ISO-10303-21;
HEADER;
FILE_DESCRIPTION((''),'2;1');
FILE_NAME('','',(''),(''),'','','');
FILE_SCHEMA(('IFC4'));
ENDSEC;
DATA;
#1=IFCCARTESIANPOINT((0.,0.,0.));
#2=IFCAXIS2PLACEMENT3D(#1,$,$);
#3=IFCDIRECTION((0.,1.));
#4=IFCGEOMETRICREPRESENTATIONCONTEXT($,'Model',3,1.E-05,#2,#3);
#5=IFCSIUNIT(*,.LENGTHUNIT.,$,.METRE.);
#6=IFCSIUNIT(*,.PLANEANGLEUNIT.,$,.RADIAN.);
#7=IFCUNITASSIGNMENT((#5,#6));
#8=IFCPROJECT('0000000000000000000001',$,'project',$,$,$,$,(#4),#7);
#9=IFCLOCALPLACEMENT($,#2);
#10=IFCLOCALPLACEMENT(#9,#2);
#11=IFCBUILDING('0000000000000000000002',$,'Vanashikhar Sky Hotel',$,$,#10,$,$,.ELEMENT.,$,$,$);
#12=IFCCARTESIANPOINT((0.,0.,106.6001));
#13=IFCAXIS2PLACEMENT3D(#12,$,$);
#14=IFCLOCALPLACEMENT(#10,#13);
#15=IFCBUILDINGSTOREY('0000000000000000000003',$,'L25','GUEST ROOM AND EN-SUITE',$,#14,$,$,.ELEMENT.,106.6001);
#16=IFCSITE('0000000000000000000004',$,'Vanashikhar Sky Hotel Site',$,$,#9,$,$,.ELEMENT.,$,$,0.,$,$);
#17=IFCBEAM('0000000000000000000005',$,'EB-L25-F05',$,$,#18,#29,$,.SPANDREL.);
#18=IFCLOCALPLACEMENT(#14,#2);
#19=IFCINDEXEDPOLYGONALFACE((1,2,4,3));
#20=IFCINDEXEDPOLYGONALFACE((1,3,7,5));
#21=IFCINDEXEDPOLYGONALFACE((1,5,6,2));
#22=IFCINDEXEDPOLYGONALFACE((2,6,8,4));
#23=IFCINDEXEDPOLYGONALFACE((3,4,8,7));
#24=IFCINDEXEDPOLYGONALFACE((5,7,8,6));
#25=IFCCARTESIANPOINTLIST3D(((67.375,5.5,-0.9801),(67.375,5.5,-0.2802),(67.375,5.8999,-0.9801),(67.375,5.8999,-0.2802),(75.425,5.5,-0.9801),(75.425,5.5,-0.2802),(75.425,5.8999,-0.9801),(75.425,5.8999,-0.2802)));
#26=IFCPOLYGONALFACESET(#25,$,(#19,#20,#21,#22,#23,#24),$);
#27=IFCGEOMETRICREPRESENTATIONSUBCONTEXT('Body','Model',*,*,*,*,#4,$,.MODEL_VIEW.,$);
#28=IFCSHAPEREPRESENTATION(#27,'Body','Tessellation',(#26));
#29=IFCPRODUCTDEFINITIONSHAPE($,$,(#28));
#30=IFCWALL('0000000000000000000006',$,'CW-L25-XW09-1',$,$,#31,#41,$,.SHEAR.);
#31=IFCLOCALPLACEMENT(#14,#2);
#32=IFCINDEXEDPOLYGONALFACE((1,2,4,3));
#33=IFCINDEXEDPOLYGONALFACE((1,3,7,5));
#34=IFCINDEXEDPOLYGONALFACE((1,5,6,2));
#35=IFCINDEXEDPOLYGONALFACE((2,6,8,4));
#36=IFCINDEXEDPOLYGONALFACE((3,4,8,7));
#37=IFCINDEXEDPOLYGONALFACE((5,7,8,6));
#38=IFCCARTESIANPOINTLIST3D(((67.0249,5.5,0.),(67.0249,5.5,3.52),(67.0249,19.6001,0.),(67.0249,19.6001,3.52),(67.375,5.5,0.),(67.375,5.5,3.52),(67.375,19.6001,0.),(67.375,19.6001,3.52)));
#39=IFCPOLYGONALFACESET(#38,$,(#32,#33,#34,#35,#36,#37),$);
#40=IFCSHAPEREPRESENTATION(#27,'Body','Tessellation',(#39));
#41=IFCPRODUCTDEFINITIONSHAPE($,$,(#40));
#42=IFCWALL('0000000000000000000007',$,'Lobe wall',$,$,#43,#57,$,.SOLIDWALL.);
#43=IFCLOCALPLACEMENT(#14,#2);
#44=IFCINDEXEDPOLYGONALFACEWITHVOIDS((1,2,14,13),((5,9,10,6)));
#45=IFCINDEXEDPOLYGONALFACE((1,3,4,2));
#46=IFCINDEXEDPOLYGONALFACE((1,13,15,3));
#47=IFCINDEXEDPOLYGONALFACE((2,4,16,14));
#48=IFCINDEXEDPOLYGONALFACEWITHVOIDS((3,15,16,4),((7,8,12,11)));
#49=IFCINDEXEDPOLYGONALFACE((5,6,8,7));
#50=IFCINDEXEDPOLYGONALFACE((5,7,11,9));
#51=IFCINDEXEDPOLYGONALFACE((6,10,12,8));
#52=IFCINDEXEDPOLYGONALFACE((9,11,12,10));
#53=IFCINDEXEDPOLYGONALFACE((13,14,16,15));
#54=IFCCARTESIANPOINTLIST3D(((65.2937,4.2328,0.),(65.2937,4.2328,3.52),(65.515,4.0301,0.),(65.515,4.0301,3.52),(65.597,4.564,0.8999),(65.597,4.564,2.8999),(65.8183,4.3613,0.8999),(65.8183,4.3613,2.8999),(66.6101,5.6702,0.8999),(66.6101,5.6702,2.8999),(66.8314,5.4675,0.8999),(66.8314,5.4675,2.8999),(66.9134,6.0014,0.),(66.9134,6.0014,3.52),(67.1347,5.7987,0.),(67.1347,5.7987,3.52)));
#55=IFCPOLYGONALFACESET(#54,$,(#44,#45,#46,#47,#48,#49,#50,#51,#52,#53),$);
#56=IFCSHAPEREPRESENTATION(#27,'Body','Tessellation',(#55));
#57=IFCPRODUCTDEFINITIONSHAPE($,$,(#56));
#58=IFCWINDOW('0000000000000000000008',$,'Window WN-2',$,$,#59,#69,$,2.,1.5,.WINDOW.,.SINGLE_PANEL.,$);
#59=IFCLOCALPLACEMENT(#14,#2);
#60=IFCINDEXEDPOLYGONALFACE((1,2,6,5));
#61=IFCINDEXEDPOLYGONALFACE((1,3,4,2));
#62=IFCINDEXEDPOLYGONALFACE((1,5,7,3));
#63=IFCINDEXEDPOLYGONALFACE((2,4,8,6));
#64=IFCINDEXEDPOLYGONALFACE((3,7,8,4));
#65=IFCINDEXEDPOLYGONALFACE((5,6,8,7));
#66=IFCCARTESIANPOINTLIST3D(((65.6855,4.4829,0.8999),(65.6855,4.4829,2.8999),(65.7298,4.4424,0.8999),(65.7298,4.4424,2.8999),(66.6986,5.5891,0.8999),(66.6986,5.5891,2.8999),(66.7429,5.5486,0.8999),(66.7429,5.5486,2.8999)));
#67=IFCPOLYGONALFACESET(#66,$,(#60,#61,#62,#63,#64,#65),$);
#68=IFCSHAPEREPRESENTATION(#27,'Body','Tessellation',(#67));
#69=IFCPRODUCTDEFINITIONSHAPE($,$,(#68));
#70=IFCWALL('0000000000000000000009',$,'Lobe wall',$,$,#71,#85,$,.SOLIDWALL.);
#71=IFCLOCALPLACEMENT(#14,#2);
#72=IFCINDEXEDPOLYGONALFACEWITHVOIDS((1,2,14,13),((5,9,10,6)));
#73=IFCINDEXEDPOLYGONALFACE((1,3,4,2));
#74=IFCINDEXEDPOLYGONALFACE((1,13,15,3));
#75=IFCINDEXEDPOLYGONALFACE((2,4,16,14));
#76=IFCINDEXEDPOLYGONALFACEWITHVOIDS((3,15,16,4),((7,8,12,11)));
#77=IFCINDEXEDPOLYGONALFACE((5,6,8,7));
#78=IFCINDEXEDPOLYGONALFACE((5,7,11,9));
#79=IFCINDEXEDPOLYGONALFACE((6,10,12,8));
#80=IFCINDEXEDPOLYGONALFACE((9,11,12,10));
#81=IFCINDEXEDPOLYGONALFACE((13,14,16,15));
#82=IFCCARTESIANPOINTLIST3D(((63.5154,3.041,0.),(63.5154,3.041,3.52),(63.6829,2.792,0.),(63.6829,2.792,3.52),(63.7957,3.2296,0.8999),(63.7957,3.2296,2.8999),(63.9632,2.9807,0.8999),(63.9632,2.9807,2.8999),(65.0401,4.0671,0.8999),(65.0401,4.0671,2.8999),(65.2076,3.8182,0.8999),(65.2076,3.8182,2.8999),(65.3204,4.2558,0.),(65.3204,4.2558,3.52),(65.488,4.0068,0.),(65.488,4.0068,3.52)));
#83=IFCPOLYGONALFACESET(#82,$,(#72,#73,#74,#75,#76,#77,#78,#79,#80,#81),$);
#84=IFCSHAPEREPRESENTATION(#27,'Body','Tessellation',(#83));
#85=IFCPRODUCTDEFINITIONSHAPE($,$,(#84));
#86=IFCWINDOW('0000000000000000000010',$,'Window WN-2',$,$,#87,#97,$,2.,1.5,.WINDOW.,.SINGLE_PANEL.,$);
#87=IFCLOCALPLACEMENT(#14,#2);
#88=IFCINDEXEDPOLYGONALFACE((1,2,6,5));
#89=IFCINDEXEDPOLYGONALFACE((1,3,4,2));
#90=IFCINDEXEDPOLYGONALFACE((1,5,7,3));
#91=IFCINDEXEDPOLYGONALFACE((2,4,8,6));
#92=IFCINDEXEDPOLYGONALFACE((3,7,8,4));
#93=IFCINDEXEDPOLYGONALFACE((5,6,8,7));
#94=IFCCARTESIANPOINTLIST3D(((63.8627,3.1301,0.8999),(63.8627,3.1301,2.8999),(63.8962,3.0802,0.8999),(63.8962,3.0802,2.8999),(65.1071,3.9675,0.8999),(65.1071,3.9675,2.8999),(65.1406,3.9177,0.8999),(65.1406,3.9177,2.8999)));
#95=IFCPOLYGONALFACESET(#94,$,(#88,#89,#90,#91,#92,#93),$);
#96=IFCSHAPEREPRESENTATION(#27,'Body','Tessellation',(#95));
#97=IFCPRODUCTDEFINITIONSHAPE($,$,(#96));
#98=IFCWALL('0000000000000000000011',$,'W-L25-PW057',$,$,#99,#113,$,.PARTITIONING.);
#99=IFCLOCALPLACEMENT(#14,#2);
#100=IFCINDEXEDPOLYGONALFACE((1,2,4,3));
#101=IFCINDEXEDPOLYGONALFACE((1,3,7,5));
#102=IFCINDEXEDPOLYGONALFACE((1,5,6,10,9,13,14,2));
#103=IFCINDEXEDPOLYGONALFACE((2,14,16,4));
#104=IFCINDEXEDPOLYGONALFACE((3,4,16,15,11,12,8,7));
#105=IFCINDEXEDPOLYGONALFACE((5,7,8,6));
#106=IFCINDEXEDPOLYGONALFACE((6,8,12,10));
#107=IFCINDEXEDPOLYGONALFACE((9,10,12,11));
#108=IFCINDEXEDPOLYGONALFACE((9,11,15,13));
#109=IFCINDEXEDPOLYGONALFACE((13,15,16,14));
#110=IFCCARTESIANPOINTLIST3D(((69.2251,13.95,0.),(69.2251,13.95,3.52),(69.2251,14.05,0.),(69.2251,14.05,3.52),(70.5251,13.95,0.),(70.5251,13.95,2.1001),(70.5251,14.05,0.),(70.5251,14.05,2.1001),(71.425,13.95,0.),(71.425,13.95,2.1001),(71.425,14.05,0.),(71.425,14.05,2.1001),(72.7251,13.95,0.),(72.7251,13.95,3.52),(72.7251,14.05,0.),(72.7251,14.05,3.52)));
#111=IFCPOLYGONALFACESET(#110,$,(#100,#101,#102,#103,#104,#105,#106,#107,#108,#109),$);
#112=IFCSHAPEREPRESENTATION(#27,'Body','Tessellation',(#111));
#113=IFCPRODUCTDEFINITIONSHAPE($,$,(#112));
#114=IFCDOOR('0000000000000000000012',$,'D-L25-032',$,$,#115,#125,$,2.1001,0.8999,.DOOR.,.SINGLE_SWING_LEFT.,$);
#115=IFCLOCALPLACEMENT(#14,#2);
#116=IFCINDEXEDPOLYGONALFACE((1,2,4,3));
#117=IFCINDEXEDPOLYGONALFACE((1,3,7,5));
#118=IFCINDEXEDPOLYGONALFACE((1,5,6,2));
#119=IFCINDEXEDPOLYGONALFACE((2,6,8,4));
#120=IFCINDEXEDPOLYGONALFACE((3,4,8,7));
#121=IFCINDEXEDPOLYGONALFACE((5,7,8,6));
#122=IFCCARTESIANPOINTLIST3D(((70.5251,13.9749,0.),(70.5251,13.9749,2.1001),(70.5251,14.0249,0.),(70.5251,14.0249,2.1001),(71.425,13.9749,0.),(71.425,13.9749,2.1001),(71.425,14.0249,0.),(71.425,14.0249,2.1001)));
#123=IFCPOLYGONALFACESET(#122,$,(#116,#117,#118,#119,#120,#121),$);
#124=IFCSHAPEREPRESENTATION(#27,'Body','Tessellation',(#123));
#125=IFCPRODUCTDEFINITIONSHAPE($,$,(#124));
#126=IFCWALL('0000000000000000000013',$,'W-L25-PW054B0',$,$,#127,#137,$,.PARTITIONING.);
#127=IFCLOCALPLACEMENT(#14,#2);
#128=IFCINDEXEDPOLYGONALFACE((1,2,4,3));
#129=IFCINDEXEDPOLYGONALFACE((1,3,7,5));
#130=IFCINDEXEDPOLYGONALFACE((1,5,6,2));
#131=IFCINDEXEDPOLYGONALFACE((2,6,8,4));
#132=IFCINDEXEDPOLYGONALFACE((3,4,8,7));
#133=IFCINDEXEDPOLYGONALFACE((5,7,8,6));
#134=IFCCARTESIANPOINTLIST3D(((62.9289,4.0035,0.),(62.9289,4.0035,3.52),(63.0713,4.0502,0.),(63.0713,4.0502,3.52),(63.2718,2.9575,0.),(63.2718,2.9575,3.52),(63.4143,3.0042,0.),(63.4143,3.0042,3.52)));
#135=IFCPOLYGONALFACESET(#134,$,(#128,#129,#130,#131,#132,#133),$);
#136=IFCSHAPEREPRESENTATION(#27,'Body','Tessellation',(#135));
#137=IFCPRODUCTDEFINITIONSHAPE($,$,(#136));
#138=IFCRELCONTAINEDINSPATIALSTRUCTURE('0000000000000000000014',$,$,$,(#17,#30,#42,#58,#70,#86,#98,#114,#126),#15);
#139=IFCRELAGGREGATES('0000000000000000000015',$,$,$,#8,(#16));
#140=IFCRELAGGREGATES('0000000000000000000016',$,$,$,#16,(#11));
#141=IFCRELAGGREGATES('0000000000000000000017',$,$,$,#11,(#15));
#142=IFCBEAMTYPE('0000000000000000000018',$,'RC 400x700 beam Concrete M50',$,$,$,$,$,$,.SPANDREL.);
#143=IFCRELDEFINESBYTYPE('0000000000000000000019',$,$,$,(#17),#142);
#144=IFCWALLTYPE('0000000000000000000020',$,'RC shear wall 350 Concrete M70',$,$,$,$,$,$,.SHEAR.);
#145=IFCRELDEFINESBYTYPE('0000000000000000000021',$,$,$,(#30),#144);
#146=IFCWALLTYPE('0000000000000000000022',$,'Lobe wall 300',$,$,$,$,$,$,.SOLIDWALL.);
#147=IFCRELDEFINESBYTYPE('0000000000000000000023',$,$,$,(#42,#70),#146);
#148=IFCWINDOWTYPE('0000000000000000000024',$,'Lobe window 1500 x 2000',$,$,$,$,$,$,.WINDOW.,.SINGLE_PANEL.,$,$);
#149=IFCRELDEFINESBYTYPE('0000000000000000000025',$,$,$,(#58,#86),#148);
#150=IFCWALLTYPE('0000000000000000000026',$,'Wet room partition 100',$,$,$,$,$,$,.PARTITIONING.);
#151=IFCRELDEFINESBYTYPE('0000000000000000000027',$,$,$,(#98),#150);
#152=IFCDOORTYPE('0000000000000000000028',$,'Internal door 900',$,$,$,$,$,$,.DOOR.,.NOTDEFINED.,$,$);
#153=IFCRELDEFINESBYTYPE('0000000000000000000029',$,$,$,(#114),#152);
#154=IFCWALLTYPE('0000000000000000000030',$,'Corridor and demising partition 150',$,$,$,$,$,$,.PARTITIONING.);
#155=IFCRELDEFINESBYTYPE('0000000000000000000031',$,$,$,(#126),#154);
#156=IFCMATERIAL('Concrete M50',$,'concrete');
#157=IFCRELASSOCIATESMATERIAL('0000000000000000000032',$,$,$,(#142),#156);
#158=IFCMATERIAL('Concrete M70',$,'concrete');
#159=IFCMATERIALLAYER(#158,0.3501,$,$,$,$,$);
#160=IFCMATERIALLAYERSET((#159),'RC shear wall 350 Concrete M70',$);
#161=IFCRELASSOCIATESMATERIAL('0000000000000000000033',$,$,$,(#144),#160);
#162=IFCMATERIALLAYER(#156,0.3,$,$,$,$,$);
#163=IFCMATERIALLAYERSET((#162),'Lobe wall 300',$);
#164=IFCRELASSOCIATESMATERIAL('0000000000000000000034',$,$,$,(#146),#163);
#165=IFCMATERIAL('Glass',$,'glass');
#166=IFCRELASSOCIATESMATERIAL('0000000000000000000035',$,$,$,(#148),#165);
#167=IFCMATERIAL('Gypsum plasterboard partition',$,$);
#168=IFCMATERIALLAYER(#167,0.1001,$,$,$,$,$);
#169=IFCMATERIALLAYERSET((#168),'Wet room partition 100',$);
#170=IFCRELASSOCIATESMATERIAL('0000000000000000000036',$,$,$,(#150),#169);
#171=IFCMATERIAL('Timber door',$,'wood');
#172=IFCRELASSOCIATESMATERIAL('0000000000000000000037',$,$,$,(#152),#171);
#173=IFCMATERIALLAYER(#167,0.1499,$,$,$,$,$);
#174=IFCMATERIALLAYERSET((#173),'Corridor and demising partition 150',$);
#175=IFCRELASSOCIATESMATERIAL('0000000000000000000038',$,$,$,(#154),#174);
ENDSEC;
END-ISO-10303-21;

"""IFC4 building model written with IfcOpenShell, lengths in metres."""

from ifc_helpers import new_model, si_unit, direction, frame, frame_2d, origin, origin_2d, place, context, subcontext, project, spatial, rectangle, extrude, source, transform, mapped, material, layer, layer_set, material_profile, profile_set, type_object, element, fill, save


model = new_model("IFC4")

# Units and contexts
model_context = context("Model", 3, precision=1e-05, world=origin(), true_north=direction((0.0, 1.0)))
body_context = subcontext(model_context, "Body", "Model", "MODEL_VIEW")
ifc_project = project(units=[si_unit("LENGTHUNIT", "METRE"), si_unit("PLANEANGLEUNIT", "RADIAN")], contexts=[model_context])

# Site, building, storey
site_placement = place(None, origin())
site = spatial("IfcSite", under=ifc_project, at=site_placement, Name="Vanashikhar Sky Hotel Site", CompositionType="ELEMENT", RefElevation=0.0)
building_placement = place(site_placement, origin())
building = spatial("IfcBuilding", under=site, at=building_placement, Name="Vanashikhar Sky Hotel", CompositionType="ELEMENT")
storey_placement = place(building_placement, frame((0.0, 0.0, 106.6001)))
storey = spatial("IfcBuildingStorey", under=building, at=storey_placement, Name="L25", Description="GUEST ROOM AND EN-SUITE", CompositionType="ELEMENT", Elevation=106.6001)

# Beam
ifc_material_1 = material(Name="Concrete M50", Category="concrete")
ifc_material_profile_1 = material_profile(ifc_material_1, rectangle(XDim=0.3999, YDim=0.7, at=origin_2d()))
ifc_profile_set_1 = profile_set([ifc_material_profile_1], Name="RC 400x700 beam Concrete M50")
beam_type = type_object("IfcBeamType", Name="RC 400x700 beam Concrete M50", PredefinedType="SPANDREL", material=ifc_profile_set_1)
shared_shape_1 = source(origin(), body_context, "Body", "SweptSolid", [
    extrude(rectangle(XDim=0.3999, YDim=0.7, at=origin_2d()), origin(), (0.0, 0.0, 1.0), 8.05),
])
beam_placement = place(storey_placement, frame((67.375, 5.7, -0.6301), z_axis=(1.0, 0.0, 0.0), x_axis=(0.0, 1.0, 0.0)))
element("IfcBeam", 1, at=beam_placement, inside=storey, type_object=beam_type, Name="EB-L25-F05", PredefinedType="SPANDREL", context=body_context, shape_type="MappedRepresentation", body=[
    mapped(shared_shape_1, transform((0.0, 0.0, 0.0), scale=1.0)),
])

# Wall
ifc_material_2 = material(Name="Concrete M70", Category="concrete")
ifc_layer_1 = layer(ifc_material_2, 0.3501)
ifc_layer_set_1 = layer_set([ifc_layer_1], Name="RC shear wall 350 Concrete M70")
wall_type_1 = type_object("IfcWallType", Name="RC shear wall 350 Concrete M70", PredefinedType="SHEAR", material=ifc_layer_set_1)
shared_shape_2 = source(origin(), body_context, "Body", "SweptSolid", [
    extrude(rectangle(XDim=14.1001, YDim=0.3501, at=frame_2d((7.05, 0.0))), origin(), (0.0, 0.0, 1.0), 3.52),
])
wall_1_placement = place(storey_placement, frame((67.2, 5.5, 0.0), z_axis=(0.0, 0.0, 1.0), x_axis=(0.0, 1.0, 0.0)))
element("IfcWall", 2, at=wall_1_placement, inside=storey, type_object=wall_type_1, Name="CW-L25-XW09-1", PredefinedType="SHEAR", context=body_context, shape_type="MappedRepresentation", body=[
    mapped(shared_shape_2, transform((0.0, 0.0, 0.0), scale=1.0)),
])

# Walls, openings, windows
ifc_layer_2 = layer(ifc_material_1, 0.3)
ifc_layer_set_2 = layer_set([ifc_layer_2], Name="Lobe wall 300")
wall_type_2 = type_object("IfcWallType", Name="Lobe wall 300", PredefinedType="SOLIDWALL", material=ifc_layer_set_2)
shared_shape_3 = source(origin(), body_context, "Body", "SweptSolid", [
    extrude(rectangle(XDim=2.3982, YDim=0.3, at=frame_2d((1.1992, 0.0))), origin(), (0.0, 0.0, 1.0), 3.52),
])
wall_2_placement = place(storey_placement, frame((65.4043, 4.1313, 0.0), z_axis=(0.0, 0.0, 1.0), x_axis=(0.675374, 0.737475, 0.0)))
wall_2 = element("IfcWall", 3, at=wall_2_placement, inside=storey, type_object=wall_type_2, Name="Lobe wall", PredefinedType="SOLIDWALL", context=body_context, shape_type="MappedRepresentation", body=[
    mapped(shared_shape_3, transform((0.0, 0.0, 0.0), scale=1.0)),
])
shared_shape_4 = source(origin(), body_context, "Body", "SweptSolid", [
    extrude(rectangle(XDim=1.5, YDim=2.0, at=frame_2d((0.75, 1.0))), frame((0.0, 0.1602, 0.0), z_axis=(0.0, -1.0, 0.0), x_axis=(1.0, 0.0, 0.0)), (0.0, 0.0, 1.0), 0.3201),
])
opening_1_placement = place(wall_2_placement, frame((0.4492, 0.0, 0.8999)))
opening_1 = element("IfcOpeningElement", 4, at=opening_1_placement, cuts=wall_2, PredefinedType="OPENING", context=body_context, shape_type="MappedRepresentation", body=[
    mapped(shared_shape_4, transform((0.0, 0.0, 0.0), scale=1.0)),
])
ifc_material_3 = material(Name="Glass", Category="glass")
window_type_1 = type_object("IfcWindowType", Name="Lobe window 1500 x 2000", PartitioningType="SINGLE_PANEL", PredefinedType="WINDOW", material=ifc_material_3)
shared_shape_5 = source(origin(), body_context, "Body", "SweptSolid", [
    extrude(rectangle(XDim=1.5, YDim=2.0, at=frame_2d((0.75, 1.0))), frame((0.0, 0.03, 0.0), z_axis=(0.0, -1.0, 0.0), x_axis=(1.0, 0.0, 0.0)), (0.0, 0.0, 1.0), 0.0601),
])
window_1_placement = place(opening_1_placement, origin())
window_1 = element("IfcWindow", 5, at=window_1_placement, inside=storey, type_object=window_type_1, Name="Window WN-2", OverallHeight=2.0, OverallWidth=1.5, PartitioningType="SINGLE_PANEL", PredefinedType="WINDOW", context=body_context, shape_type="MappedRepresentation", body=[
    mapped(shared_shape_5, transform((0.0, 0.0, 0.0), scale=1.0)),
])
fill(opening_1, window_1)
shared_shape_6 = source(origin(), body_context, "Body", "SweptSolid", [
    extrude(rectangle(XDim=2.1758, YDim=0.3, at=frame_2d((1.0879, 0.0))), origin(), (0.0, 0.0, 1.0), 3.52),
])
wall_3_placement = place(storey_placement, frame((63.5991, 2.9165, 0.0), z_axis=(0.0, 0.0, 1.0), x_axis=(0.829626, 0.55832, 0.0)))
wall_3 = element("IfcWall", 6, at=wall_3_placement, inside=storey, type_object=wall_type_2, Name="Lobe wall", PredefinedType="SOLIDWALL", context=body_context, shape_type="MappedRepresentation", body=[
    mapped(shared_shape_6, transform((0.0, 0.0, 0.0), scale=1.0)),
])
opening_2_placement = place(wall_3_placement, frame((0.3379, 0.0, 0.8999)))
opening_2 = element("IfcOpeningElement", 7, at=opening_2_placement, cuts=wall_3, PredefinedType="OPENING", context=body_context, shape_type="MappedRepresentation", body=[
    mapped(shared_shape_4, transform((0.0, 0.0, 0.0), scale=1.0)),
])
window_2_placement = place(opening_2_placement, origin())
window_2 = element("IfcWindow", 8, at=window_2_placement, inside=storey, type_object=window_type_1, Name="Window WN-2", OverallHeight=2.0, OverallWidth=1.5, PartitioningType="SINGLE_PANEL", PredefinedType="WINDOW", context=body_context, shape_type="MappedRepresentation", body=[
    mapped(shared_shape_5, transform((0.0, 0.0, 0.0), scale=1.0)),
])
fill(opening_2, window_2)

# Wall, opening, door
ifc_material_4 = material(Name="Gypsum plasterboard partition")
ifc_layer_3 = layer(ifc_material_4, 0.1001)
ifc_layer_set_3 = layer_set([ifc_layer_3], Name="Wet room partition 100")
wall_type_3 = type_object("IfcWallType", Name="Wet room partition 100", PredefinedType="PARTITIONING", material=ifc_layer_set_3)
shared_shape_7 = source(origin(), body_context, "Body", "SweptSolid", [
    extrude(rectangle(XDim=3.5, YDim=0.1001, at=frame_2d((1.75, 0.0))), origin(), (0.0, 0.0, 1.0), 3.52),
])
wall_4_placement = place(storey_placement, frame((69.2251, 14.0, 0.0), z_axis=(0.0, 0.0, 1.0), x_axis=(1.0, 0.0, 0.0)))
wall_4 = element("IfcWall", 9, at=wall_4_placement, inside=storey, type_object=wall_type_3, Name="W-L25-PW057", PredefinedType="PARTITIONING", context=body_context, shape_type="MappedRepresentation", body=[
    mapped(shared_shape_7, transform((0.0, 0.0, 0.0), scale=1.0)),
])
shared_shape_8 = source(origin(), body_context, "Body", "SweptSolid", [
    extrude(rectangle(XDim=0.8999, YDim=2.1001, at=frame_2d((0.45, 1.05))), frame((0.0, 0.0601, 0.0), z_axis=(0.0, -1.0, 0.0), x_axis=(1.0, 0.0, 0.0)), (0.0, 0.0, 1.0), 0.1201),
])
opening_3_placement = place(wall_4_placement, frame((1.3, 0.0, 0.0)))
opening_3 = element("IfcOpeningElement", 10, at=opening_3_placement, cuts=wall_4, PredefinedType="OPENING", context=body_context, shape_type="MappedRepresentation", body=[
    mapped(shared_shape_8, transform((0.0, 0.0, 0.0), scale=1.0)),
])
ifc_material_5 = material(Name="Timber door", Category="wood")
door_type_1 = type_object("IfcDoorType", Name="Internal door 900", OperationType="NOTDEFINED", PredefinedType="DOOR", material=ifc_material_5)
shared_shape_9 = source(origin(), body_context, "Body", "SweptSolid", [
    extrude(rectangle(XDim=0.8999, YDim=2.1001, at=frame_2d((0.45, 1.05))), frame((0.0, 0.0249, 0.0), z_axis=(0.0, -1.0, 0.0), x_axis=(1.0, 0.0, 0.0)), (0.0, 0.0, 1.0), 0.05),
])
door_1_placement = place(opening_3_placement, origin())
door_1 = element("IfcDoor", 11, at=door_1_placement, inside=storey, type_object=door_type_1, Name="D-L25-032", OperationType="SINGLE_SWING_LEFT", OverallHeight=2.1001, OverallWidth=0.8999, PredefinedType="DOOR", context=body_context, shape_type="MappedRepresentation", body=[
    mapped(shared_shape_9, transform((0.0, 0.0, 0.0), scale=1.0)),
])
fill(opening_3, door_1)

# Wall
ifc_layer_4 = layer(ifc_material_4, 0.1499)
ifc_layer_set_4 = layer_set([ifc_layer_4], Name="Corridor and demising partition 150")
wall_type_4 = type_object("IfcWallType", Name="Corridor and demising partition 150", PredefinedType="PARTITIONING", material=ifc_layer_set_4)
shared_shape_10 = source(origin(), body_context, "Body", "SweptSolid", [
    extrude(rectangle(XDim=1.1008, YDim=0.1499, at=frame_2d((0.5503, 0.0))), origin(), (0.0, 0.0, 1.0), 3.52),
])
wall_5_placement = place(storey_placement, frame((63.343, 2.981, 0.0), z_axis=(0.0, 0.0, 1.0), x_axis=(-0.311567, 0.950224, 0.0)))
element("IfcWall", 12, at=wall_5_placement, inside=storey, type_object=wall_type_4, Name="W-L25-PW054B0", PredefinedType="PARTITIONING", context=body_context, shape_type="MappedRepresentation", body=[
    mapped(shared_shape_10, transform((0.0, 0.0, 0.0), scale=1.0)),
])

save(model, "model.ifc")
